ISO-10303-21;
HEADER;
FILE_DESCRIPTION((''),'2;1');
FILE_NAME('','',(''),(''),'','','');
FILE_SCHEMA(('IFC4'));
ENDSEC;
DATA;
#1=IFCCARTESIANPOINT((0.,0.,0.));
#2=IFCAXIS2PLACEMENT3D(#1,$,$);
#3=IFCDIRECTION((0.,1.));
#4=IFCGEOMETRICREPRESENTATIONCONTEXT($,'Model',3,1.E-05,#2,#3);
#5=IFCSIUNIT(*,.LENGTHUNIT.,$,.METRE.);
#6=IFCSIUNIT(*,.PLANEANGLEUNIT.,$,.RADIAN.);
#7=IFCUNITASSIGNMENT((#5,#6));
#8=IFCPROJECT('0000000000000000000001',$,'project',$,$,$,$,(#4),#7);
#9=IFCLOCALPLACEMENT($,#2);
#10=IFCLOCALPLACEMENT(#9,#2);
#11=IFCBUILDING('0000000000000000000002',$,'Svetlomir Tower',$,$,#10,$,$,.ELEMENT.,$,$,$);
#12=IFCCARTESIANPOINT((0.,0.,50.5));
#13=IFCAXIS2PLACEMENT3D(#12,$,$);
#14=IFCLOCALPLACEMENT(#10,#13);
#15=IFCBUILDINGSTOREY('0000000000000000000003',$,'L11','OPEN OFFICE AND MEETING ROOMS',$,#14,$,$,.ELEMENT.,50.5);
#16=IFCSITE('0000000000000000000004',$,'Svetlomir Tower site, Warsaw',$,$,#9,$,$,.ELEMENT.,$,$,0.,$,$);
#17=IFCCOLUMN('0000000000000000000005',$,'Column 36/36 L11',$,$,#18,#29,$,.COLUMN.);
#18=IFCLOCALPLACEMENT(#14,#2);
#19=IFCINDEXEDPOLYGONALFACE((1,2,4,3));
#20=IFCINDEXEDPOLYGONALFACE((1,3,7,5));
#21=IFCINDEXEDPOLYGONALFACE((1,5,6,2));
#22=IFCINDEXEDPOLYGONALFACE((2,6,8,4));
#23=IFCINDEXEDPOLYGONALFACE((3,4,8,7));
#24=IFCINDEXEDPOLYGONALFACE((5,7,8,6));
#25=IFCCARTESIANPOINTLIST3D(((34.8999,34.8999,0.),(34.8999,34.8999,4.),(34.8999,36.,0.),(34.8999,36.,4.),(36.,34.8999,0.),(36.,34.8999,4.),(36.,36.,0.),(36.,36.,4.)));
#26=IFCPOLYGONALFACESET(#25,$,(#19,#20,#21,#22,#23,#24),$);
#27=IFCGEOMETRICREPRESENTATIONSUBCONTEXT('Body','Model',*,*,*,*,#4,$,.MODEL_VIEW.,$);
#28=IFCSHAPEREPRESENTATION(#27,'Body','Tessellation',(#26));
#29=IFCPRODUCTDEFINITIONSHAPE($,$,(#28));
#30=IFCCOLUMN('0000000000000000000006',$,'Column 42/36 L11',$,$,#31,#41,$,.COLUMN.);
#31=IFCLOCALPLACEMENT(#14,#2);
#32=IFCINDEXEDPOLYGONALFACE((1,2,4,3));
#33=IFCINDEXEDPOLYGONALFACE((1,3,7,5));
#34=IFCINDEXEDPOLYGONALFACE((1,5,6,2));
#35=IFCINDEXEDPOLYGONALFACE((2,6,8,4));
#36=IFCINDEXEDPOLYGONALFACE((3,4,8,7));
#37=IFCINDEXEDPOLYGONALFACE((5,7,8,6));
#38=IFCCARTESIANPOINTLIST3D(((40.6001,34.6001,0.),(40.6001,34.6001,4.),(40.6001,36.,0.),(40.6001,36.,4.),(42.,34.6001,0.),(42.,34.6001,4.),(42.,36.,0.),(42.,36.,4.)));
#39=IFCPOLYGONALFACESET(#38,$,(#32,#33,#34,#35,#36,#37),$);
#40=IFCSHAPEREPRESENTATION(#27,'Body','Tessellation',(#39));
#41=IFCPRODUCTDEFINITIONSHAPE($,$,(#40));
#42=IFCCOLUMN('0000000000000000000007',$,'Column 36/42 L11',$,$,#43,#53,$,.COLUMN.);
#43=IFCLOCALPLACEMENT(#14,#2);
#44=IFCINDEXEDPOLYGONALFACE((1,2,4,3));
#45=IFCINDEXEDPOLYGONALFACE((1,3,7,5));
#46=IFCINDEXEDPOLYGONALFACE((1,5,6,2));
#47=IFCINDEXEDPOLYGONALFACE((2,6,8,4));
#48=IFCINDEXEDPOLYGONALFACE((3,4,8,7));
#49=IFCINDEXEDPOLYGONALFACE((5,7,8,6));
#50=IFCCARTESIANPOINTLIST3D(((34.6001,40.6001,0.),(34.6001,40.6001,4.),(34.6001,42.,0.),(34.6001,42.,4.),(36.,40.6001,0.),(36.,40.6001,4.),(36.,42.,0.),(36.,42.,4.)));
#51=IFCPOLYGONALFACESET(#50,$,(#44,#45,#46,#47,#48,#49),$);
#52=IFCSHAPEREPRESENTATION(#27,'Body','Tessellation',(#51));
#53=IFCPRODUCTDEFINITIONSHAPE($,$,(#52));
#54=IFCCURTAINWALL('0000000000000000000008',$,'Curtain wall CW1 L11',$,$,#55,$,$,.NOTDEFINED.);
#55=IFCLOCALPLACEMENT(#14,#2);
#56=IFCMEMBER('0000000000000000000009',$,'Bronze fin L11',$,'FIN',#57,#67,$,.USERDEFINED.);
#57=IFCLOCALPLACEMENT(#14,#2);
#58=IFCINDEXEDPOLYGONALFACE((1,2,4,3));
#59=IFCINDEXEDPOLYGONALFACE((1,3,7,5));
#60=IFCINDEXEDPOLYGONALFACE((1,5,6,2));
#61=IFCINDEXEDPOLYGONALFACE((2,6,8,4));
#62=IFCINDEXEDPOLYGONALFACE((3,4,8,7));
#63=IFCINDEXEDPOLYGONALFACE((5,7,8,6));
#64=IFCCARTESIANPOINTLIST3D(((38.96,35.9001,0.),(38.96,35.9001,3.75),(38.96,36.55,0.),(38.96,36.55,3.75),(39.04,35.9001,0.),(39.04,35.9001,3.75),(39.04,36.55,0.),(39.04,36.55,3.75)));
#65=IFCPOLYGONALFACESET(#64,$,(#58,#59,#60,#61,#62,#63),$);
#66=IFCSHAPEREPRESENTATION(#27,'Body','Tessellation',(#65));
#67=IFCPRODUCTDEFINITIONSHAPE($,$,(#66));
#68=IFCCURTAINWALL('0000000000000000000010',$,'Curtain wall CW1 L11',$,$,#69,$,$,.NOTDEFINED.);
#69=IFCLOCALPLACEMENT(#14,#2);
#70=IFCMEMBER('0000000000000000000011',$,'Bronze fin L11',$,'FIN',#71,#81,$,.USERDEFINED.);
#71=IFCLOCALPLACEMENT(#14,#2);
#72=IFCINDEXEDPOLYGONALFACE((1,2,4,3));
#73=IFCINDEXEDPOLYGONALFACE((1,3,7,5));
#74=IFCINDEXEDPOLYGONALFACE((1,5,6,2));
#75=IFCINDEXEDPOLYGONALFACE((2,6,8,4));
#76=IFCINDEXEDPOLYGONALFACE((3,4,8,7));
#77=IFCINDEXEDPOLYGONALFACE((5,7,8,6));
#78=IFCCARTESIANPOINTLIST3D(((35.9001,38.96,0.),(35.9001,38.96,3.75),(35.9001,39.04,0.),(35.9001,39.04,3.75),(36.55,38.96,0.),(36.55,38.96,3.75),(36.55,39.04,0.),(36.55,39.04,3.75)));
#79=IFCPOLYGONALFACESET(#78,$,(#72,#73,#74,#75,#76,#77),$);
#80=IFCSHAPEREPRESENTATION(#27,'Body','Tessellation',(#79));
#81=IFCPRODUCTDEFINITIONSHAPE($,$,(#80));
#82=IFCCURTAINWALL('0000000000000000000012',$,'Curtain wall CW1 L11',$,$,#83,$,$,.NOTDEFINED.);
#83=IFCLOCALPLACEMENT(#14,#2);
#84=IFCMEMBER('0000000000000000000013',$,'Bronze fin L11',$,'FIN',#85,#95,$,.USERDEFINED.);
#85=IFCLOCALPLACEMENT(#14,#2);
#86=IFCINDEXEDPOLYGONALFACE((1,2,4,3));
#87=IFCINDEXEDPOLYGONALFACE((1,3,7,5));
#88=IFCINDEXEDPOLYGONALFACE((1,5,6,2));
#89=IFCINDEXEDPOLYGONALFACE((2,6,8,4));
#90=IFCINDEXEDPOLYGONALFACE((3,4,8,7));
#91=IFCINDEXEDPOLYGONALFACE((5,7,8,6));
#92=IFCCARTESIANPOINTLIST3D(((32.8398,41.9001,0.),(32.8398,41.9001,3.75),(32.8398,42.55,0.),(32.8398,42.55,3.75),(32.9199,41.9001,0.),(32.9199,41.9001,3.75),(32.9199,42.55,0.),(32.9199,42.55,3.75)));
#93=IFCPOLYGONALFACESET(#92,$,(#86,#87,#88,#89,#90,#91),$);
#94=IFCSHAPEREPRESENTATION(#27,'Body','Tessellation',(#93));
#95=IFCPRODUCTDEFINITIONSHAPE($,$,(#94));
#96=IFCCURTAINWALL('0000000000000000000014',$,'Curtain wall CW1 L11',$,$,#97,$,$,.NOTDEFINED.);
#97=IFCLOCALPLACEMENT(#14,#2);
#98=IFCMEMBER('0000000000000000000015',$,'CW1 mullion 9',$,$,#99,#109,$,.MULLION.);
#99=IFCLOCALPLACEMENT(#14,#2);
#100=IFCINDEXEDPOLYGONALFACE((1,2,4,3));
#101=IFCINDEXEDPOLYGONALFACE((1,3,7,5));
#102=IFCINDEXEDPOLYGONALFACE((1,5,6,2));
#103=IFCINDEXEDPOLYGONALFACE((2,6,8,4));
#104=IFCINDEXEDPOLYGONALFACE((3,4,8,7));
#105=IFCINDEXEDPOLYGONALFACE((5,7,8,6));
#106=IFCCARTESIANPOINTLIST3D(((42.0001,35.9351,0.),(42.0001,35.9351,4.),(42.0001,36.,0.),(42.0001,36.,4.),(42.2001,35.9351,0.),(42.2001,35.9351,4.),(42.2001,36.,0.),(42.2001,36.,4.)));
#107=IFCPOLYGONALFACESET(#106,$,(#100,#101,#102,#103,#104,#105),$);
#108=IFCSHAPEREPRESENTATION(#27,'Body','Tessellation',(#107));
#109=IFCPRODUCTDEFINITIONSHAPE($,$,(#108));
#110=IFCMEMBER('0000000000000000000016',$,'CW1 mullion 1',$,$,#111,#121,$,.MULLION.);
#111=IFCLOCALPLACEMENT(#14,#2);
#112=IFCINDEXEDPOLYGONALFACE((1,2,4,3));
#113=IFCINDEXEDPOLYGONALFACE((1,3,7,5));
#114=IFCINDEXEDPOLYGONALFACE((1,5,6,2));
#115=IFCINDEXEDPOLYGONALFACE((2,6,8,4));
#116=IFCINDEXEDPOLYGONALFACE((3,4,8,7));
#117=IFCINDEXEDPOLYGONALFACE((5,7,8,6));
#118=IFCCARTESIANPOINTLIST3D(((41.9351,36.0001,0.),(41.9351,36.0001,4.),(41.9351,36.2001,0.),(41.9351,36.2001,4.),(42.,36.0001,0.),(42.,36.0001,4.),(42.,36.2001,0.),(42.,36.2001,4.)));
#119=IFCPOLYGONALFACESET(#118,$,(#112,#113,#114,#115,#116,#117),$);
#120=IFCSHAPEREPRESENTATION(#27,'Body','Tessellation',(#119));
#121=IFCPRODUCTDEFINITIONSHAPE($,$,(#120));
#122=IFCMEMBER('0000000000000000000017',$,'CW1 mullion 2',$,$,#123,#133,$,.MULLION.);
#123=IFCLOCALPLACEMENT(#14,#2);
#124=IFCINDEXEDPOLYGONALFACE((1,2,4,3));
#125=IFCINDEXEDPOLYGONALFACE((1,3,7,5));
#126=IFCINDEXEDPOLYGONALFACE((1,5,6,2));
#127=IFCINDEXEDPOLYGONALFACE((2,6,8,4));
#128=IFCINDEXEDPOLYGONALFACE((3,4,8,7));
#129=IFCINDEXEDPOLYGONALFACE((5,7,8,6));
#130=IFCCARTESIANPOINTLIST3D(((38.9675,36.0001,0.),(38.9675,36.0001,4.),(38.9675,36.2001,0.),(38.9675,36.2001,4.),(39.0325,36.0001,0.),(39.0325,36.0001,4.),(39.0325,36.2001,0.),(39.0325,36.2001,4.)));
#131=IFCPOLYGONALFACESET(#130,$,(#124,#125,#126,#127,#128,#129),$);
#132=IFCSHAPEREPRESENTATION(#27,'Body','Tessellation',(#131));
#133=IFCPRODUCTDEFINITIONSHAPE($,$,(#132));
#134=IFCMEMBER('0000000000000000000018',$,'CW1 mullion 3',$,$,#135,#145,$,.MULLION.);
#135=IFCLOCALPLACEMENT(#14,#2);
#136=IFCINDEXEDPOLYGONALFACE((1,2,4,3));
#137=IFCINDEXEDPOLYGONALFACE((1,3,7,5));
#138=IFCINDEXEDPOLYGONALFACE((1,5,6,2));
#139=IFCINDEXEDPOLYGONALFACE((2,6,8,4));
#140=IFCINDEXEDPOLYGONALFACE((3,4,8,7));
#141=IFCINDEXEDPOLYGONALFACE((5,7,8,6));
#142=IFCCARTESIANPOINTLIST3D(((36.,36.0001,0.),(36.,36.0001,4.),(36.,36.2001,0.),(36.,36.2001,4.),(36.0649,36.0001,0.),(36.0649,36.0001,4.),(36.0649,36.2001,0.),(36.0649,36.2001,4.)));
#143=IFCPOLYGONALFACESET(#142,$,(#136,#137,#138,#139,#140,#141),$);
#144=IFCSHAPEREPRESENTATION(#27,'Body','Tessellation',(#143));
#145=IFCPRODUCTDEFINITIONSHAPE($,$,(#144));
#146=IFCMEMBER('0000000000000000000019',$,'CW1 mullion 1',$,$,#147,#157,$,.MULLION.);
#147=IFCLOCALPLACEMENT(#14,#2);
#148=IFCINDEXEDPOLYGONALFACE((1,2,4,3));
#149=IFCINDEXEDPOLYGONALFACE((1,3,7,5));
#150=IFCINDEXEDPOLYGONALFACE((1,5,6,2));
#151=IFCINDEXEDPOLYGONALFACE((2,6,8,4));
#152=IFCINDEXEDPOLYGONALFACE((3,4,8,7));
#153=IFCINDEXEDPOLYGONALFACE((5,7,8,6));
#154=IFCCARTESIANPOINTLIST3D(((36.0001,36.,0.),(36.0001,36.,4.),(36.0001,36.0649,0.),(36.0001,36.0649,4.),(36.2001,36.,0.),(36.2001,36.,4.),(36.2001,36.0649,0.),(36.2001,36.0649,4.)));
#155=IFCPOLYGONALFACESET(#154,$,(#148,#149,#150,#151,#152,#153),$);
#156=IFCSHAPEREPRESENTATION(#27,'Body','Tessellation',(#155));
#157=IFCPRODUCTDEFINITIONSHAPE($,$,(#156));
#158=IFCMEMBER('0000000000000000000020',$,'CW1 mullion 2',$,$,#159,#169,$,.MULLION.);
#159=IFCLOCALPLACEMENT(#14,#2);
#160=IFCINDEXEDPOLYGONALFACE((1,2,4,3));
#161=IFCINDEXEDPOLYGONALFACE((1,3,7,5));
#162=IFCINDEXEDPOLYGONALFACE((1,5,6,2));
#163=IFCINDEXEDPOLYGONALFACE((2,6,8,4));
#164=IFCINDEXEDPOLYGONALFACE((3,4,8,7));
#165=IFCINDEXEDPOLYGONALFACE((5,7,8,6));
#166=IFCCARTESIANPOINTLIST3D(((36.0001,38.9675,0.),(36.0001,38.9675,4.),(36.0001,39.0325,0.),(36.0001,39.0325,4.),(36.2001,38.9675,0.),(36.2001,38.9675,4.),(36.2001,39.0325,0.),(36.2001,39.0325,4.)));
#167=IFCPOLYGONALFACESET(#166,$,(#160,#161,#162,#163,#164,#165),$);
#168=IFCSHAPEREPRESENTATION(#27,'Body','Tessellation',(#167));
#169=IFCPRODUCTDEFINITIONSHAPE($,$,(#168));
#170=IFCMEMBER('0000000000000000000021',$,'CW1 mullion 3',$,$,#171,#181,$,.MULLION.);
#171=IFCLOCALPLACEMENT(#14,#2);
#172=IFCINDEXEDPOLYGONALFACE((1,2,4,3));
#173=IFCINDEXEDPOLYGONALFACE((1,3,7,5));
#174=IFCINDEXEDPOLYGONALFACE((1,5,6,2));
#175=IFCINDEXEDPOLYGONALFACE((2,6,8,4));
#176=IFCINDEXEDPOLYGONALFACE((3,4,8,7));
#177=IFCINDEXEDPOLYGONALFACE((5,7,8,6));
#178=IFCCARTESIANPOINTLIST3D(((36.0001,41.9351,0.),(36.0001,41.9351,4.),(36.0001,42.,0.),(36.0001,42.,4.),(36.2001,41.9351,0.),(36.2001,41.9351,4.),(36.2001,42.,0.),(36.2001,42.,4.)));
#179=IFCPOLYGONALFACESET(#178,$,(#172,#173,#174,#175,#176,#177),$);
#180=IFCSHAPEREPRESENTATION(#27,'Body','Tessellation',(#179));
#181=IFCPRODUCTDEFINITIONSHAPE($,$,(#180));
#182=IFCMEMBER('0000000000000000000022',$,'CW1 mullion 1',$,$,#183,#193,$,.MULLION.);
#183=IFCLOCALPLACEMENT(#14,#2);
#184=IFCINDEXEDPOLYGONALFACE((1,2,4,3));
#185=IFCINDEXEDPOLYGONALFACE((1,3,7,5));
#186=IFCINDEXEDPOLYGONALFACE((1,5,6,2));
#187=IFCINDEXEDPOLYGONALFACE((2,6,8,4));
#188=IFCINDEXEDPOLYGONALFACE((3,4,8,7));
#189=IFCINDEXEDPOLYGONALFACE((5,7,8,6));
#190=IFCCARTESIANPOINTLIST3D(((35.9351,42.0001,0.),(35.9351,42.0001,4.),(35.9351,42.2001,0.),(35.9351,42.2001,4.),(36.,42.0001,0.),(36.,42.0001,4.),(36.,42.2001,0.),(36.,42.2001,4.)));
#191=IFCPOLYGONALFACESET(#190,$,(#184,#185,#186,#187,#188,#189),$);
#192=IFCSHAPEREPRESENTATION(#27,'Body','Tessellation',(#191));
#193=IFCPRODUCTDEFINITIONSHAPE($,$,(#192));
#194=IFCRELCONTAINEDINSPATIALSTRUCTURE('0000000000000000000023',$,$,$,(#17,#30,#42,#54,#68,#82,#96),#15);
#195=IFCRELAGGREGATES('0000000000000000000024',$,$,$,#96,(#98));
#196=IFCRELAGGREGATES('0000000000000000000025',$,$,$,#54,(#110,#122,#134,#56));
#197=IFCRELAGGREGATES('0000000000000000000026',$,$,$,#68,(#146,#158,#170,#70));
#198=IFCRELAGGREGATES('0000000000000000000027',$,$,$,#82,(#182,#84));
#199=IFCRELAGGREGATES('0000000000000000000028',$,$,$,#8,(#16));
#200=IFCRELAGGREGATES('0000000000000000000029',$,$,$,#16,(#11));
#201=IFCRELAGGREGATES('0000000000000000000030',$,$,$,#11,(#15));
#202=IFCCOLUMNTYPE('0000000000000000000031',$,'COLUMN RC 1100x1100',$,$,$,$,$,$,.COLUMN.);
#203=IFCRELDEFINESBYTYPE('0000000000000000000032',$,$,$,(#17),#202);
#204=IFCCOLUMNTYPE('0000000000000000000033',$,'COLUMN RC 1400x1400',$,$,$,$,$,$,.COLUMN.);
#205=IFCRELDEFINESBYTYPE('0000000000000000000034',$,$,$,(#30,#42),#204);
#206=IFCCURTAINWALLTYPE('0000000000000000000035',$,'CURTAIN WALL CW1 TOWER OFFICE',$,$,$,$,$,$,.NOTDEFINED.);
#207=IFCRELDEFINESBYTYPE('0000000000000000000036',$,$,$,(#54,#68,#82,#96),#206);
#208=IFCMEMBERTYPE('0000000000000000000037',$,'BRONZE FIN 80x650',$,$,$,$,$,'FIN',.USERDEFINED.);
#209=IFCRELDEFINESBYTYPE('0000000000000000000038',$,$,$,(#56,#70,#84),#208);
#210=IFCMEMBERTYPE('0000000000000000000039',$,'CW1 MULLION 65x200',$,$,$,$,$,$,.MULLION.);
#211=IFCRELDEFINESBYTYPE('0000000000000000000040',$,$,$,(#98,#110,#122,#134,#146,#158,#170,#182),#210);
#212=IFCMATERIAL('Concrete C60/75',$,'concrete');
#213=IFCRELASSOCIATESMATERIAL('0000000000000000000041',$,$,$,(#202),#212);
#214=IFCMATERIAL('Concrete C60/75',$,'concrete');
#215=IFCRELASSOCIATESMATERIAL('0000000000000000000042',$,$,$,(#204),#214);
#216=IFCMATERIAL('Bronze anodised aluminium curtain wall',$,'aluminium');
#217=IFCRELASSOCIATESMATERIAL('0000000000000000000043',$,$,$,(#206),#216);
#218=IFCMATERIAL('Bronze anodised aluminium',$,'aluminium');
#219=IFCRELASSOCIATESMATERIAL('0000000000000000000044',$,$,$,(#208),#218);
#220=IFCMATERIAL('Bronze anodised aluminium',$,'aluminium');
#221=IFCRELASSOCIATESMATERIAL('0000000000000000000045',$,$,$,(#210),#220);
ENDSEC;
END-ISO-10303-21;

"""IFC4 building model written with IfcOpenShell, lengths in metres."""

from ifc_helpers import new_model, si_unit, direction, frame, origin, origin_2d, place, context, subcontext, project, spatial, rectangle, extrude, material, material_profile, profile_set, type_object, element, aggregate, save


model = new_model("IFC4")

# Units and contexts
model_context = context("Model", 3, precision=1e-05, world=origin(), true_north=direction((0.0, 1.0)))
body_context = subcontext(model_context, "Body", "Model", "MODEL_VIEW")
ifc_project = project(units=[si_unit("LENGTHUNIT", "METRE"), si_unit("PLANEANGLEUNIT", "RADIAN")], contexts=[model_context])

# Site, building, storey
site_placement = place(None, origin())
site = spatial("IfcSite", under=ifc_project, at=site_placement, Name="Svetlomir Tower site, Warsaw", CompositionType="ELEMENT", RefElevation=0.0)
building_placement = place(site_placement, origin())
building = spatial("IfcBuilding", under=site, at=building_placement, Name="Svetlomir Tower", CompositionType="ELEMENT")
storey_placement = place(building_placement, frame((0.0, 0.0, 50.5)))
storey = spatial("IfcBuildingStorey", under=building, at=storey_placement, Name="L11", Description="OPEN OFFICE AND MEETING ROOMS", CompositionType="ELEMENT", Elevation=50.5)

# Columns
ifc_material_1 = material(Name="Concrete C60/75", Category="concrete")
ifc_material_profile_1 = material_profile(ifc_material_1, rectangle(XDim=1.1001, YDim=1.1001, at=origin_2d()), Name="RC 1100x1100")
ifc_profile_set_1 = profile_set([ifc_material_profile_1], Name="Concrete C60/75")
column_type_1 = type_object("IfcColumnType", Name="COLUMN RC 1100x1100", PredefinedType="COLUMN", material=ifc_profile_set_1)
column_placement = place(storey_placement, frame((35.45, 35.45, 0.0), z_axis=(0.0, 0.0, 1.0), x_axis=(1.0, 0.0, 0.0)))
element("IfcColumn", 1, at=column_placement, inside=storey, type_object=column_type_1, Name="Column 36/36 L11", PredefinedType="COLUMN", context=body_context, shape_type="SweptSolid", body=[
    extrude(rectangle(XDim=1.1001, YDim=1.1001, at=origin_2d()), origin(), (0.0, 0.0, 1.0), 4.0),
])
ifc_material_2 = material(Name="Concrete C60/75", Category="concrete")
ifc_material_profile_2 = material_profile(ifc_material_2, rectangle(XDim=1.3999, YDim=1.3999, at=origin_2d()), Name="RC 1400x1400")
ifc_profile_set_2 = profile_set([ifc_material_profile_2], Name="Concrete C60/75")
column_type_2 = type_object("IfcColumnType", Name="COLUMN RC 1400x1400", PredefinedType="COLUMN", material=ifc_profile_set_2)
for number, where, z_axis, x_axis, name in (
    (2, (41.3, 35.3, 0.0), (0.0, 0.0, 1.0), (1.0, 0.0, 0.0), "Column 42/36 L11"),
    (3, (35.3, 41.3, 0.0), (0.0, 0.0, 1.0), (1.0, 0.0, 0.0), "Column 36/42 L11"),
):
    element("IfcColumn", number, at=place(storey_placement, frame(where, z_axis=z_axis, x_axis=x_axis)), inside=storey, type_object=column_type_2, Name=name, PredefinedType="COLUMN", context=body_context, shape_type="SweptSolid", body=[
        extrude(rectangle(XDim=1.3999, YDim=1.3999, at=origin_2d()), origin(), (0.0, 0.0, 1.0), 4.0),
    ])

# Curtain walls, members
ifc_material_3 = material(Name="Bronze anodised aluminium curtain wall", Category="aluminium")
curtain_wall_type = type_object("IfcCurtainWallType", Name="CURTAIN WALL CW1 TOWER OFFICE", PredefinedType="NOTDEFINED", material=ifc_material_3)
curtain_wall_1_placement = place(storey_placement, origin())
curtain_wall_1 = element("IfcCurtainWall", 4, at=curtain_wall_1_placement, inside=storey, type_object=curtain_wall_type, Name="Curtain wall CW1 L11", PredefinedType="NOTDEFINED")
ifc_material_4 = material(Name="Bronze anodised aluminium", Category="aluminium")
ifc_material_profile_3 = material_profile(ifc_material_4, rectangle(XDim=0.0801, YDim=0.6499, at=origin_2d()), Name="FIN 80x650")
ifc_profile_set_3 = profile_set([ifc_material_profile_3], Name="Bronze anodised aluminium 6063-T6")
member_type_1 = type_object("IfcMemberType", Name="BRONZE FIN 80x650", ElementType="FIN", PredefinedType="USERDEFINED", material=ifc_profile_set_3)
member_1_placement = place(storey_placement, frame((39.0, 36.2251, 0.0), z_axis=(0.0, 0.0, 1.0), x_axis=(1.0, 0.0, 0.0)))
member_1 = element("IfcMember", 5, at=member_1_placement, type_object=member_type_1, Name="Bronze fin L11", ObjectType="FIN", PredefinedType="USERDEFINED", context=body_context, shape_type="SweptSolid", body=[
    extrude(rectangle(XDim=0.0801, YDim=0.6499, at=origin_2d()), origin(), (0.0, 0.0, 1.0), 3.75),
])
curtain_wall_2_placement = place(storey_placement, origin())
curtain_wall_2 = element("IfcCurtainWall", 6, at=curtain_wall_2_placement, inside=storey, type_object=curtain_wall_type, Name="Curtain wall CW1 L11", PredefinedType="NOTDEFINED")
member_2_placement = place(storey_placement, frame((36.2251, 39.0, 0.0), z_axis=(0.0, 0.0, 1.0), x_axis=(0.0, 1.0, 0.0)))
member_2 = element("IfcMember", 7, at=member_2_placement, type_object=member_type_1, Name="Bronze fin L11", ObjectType="FIN", PredefinedType="USERDEFINED", context=body_context, shape_type="SweptSolid", body=[
    extrude(rectangle(XDim=0.0801, YDim=0.6499, at=origin_2d()), origin(), (0.0, 0.0, 1.0), 3.75),
])
curtain_wall_3_placement = place(storey_placement, origin())
curtain_wall_3 = element("IfcCurtainWall", 8, at=curtain_wall_3_placement, inside=storey, type_object=curtain_wall_type, Name="Curtain wall CW1 L11", PredefinedType="NOTDEFINED")
member_3_placement = place(storey_placement, frame((32.8799, 42.2251, 0.0), z_axis=(0.0, 0.0, 1.0), x_axis=(1.0, 0.0, 0.0)))
member_3 = element("IfcMember", 9, at=member_3_placement, type_object=member_type_1, Name="Bronze fin L11", ObjectType="FIN", PredefinedType="USERDEFINED", context=body_context, shape_type="SweptSolid", body=[
    extrude(rectangle(XDim=0.0801, YDim=0.6499, at=origin_2d()), origin(), (0.0, 0.0, 1.0), 3.75),
])
curtain_wall_4_placement = place(storey_placement, origin())
curtain_wall_4 = element("IfcCurtainWall", 10, at=curtain_wall_4_placement, inside=storey, type_object=curtain_wall_type, Name="Curtain wall CW1 L11", PredefinedType="NOTDEFINED")
ifc_material_5 = material(Name="Bronze anodised aluminium", Category="aluminium")
ifc_material_profile_4 = material_profile(ifc_material_5, rectangle(XDim=0.0649, YDim=0.2, at=origin_2d()), Name="AL 65x200")
ifc_profile_set_4 = profile_set([ifc_material_profile_4], Name="Bronze anodised aluminium 6063-T6")
member_type_2 = type_object("IfcMemberType", Name="CW1 MULLION 65x200", PredefinedType="MULLION", material=ifc_profile_set_4)
member_4_placement = place(storey_placement, frame((42.1001, 35.9675, 0.0), z_axis=(0.0, 0.0, 1.0), x_axis=(0.0, 1.0, 0.0)))
member_4 = element("IfcMember", 11, at=member_4_placement, type_object=member_type_2, Name="CW1 mullion 9", PredefinedType="MULLION", context=body_context, shape_type="SweptSolid", body=[
    extrude(rectangle(XDim=0.0649, YDim=0.2, at=origin_2d()), origin(), (0.0, 0.0, 1.0), 4.0),
])

# Members
member_5_placement = place(storey_placement, frame((41.9675, 36.1001, 0.0), z_axis=(0.0, 0.0, 1.0), x_axis=(-1.0, 0.0, 0.0)))
member_5 = element("IfcMember", 12, at=member_5_placement, type_object=member_type_2, Name="CW1 mullion 1", PredefinedType="MULLION", context=body_context, shape_type="SweptSolid", body=[
    extrude(rectangle(XDim=0.0649, YDim=0.2, at=origin_2d()), origin(), (0.0, 0.0, 1.0), 4.0),
])
member_6_placement = place(storey_placement, frame((39.0, 36.1001, 0.0), z_axis=(0.0, 0.0, 1.0), x_axis=(-1.0, 0.0, 0.0)))
member_6 = element("IfcMember", 13, at=member_6_placement, type_object=member_type_2, Name="CW1 mullion 2", PredefinedType="MULLION", context=body_context, shape_type="SweptSolid", body=[
    extrude(rectangle(XDim=0.0649, YDim=0.2, at=origin_2d()), origin(), (0.0, 0.0, 1.0), 4.0),
])
member_7_placement = place(storey_placement, frame((36.0325, 36.1001, 0.0), z_axis=(0.0, 0.0, 1.0), x_axis=(-1.0, 0.0, 0.0)))
member_7 = element("IfcMember", 14, at=member_7_placement, type_object=member_type_2, Name="CW1 mullion 3", PredefinedType="MULLION", context=body_context, shape_type="SweptSolid", body=[
    extrude(rectangle(XDim=0.0649, YDim=0.2, at=origin_2d()), origin(), (0.0, 0.0, 1.0), 4.0),
])
member_8_placement = place(storey_placement, frame((36.1001, 36.0325, 0.0), z_axis=(0.0, 0.0, 1.0), x_axis=(0.0, 1.0, 0.0)))
member_8 = element("IfcMember", 15, at=member_8_placement, type_object=member_type_2, Name="CW1 mullion 1", PredefinedType="MULLION", context=body_context, shape_type="SweptSolid", body=[
    extrude(rectangle(XDim=0.0649, YDim=0.2, at=origin_2d()), origin(), (0.0, 0.0, 1.0), 4.0),
])
member_9_placement = place(storey_placement, frame((36.1001, 39.0, 0.0), z_axis=(0.0, 0.0, 1.0), x_axis=(0.0, 1.0, 0.0)))
member_9 = element("IfcMember", 16, at=member_9_placement, type_object=member_type_2, Name="CW1 mullion 2", PredefinedType="MULLION", context=body_context, shape_type="SweptSolid", body=[
    extrude(rectangle(XDim=0.0649, YDim=0.2, at=origin_2d()), origin(), (0.0, 0.0, 1.0), 4.0),
])
member_10_placement = place(storey_placement, frame((36.1001, 41.9675, 0.0), z_axis=(0.0, 0.0, 1.0), x_axis=(0.0, 1.0, 0.0)))
member_10 = element("IfcMember", 17, at=member_10_placement, type_object=member_type_2, Name="CW1 mullion 3", PredefinedType="MULLION", context=body_context, shape_type="SweptSolid", body=[
    extrude(rectangle(XDim=0.0649, YDim=0.2, at=origin_2d()), origin(), (0.0, 0.0, 1.0), 4.0),
])
member_11_placement = place(storey_placement, frame((35.9675, 42.1001, 0.0), z_axis=(0.0, 0.0, 1.0), x_axis=(-1.0, 0.0, 0.0)))
member_11 = element("IfcMember", 18, at=member_11_placement, type_object=member_type_2, Name="CW1 mullion 1", PredefinedType="MULLION", context=body_context, shape_type="SweptSolid", body=[
    extrude(rectangle(XDim=0.0649, YDim=0.2, at=origin_2d()), origin(), (0.0, 0.0, 1.0), 4.0),
])

aggregate(curtain_wall_4, [member_4])
aggregate(curtain_wall_1, [member_5, member_6, member_7, member_1])
aggregate(curtain_wall_2, [member_8, member_9, member_10, member_2])
aggregate(curtain_wall_3, [member_11, member_3])

save(model, "model.ifc")
